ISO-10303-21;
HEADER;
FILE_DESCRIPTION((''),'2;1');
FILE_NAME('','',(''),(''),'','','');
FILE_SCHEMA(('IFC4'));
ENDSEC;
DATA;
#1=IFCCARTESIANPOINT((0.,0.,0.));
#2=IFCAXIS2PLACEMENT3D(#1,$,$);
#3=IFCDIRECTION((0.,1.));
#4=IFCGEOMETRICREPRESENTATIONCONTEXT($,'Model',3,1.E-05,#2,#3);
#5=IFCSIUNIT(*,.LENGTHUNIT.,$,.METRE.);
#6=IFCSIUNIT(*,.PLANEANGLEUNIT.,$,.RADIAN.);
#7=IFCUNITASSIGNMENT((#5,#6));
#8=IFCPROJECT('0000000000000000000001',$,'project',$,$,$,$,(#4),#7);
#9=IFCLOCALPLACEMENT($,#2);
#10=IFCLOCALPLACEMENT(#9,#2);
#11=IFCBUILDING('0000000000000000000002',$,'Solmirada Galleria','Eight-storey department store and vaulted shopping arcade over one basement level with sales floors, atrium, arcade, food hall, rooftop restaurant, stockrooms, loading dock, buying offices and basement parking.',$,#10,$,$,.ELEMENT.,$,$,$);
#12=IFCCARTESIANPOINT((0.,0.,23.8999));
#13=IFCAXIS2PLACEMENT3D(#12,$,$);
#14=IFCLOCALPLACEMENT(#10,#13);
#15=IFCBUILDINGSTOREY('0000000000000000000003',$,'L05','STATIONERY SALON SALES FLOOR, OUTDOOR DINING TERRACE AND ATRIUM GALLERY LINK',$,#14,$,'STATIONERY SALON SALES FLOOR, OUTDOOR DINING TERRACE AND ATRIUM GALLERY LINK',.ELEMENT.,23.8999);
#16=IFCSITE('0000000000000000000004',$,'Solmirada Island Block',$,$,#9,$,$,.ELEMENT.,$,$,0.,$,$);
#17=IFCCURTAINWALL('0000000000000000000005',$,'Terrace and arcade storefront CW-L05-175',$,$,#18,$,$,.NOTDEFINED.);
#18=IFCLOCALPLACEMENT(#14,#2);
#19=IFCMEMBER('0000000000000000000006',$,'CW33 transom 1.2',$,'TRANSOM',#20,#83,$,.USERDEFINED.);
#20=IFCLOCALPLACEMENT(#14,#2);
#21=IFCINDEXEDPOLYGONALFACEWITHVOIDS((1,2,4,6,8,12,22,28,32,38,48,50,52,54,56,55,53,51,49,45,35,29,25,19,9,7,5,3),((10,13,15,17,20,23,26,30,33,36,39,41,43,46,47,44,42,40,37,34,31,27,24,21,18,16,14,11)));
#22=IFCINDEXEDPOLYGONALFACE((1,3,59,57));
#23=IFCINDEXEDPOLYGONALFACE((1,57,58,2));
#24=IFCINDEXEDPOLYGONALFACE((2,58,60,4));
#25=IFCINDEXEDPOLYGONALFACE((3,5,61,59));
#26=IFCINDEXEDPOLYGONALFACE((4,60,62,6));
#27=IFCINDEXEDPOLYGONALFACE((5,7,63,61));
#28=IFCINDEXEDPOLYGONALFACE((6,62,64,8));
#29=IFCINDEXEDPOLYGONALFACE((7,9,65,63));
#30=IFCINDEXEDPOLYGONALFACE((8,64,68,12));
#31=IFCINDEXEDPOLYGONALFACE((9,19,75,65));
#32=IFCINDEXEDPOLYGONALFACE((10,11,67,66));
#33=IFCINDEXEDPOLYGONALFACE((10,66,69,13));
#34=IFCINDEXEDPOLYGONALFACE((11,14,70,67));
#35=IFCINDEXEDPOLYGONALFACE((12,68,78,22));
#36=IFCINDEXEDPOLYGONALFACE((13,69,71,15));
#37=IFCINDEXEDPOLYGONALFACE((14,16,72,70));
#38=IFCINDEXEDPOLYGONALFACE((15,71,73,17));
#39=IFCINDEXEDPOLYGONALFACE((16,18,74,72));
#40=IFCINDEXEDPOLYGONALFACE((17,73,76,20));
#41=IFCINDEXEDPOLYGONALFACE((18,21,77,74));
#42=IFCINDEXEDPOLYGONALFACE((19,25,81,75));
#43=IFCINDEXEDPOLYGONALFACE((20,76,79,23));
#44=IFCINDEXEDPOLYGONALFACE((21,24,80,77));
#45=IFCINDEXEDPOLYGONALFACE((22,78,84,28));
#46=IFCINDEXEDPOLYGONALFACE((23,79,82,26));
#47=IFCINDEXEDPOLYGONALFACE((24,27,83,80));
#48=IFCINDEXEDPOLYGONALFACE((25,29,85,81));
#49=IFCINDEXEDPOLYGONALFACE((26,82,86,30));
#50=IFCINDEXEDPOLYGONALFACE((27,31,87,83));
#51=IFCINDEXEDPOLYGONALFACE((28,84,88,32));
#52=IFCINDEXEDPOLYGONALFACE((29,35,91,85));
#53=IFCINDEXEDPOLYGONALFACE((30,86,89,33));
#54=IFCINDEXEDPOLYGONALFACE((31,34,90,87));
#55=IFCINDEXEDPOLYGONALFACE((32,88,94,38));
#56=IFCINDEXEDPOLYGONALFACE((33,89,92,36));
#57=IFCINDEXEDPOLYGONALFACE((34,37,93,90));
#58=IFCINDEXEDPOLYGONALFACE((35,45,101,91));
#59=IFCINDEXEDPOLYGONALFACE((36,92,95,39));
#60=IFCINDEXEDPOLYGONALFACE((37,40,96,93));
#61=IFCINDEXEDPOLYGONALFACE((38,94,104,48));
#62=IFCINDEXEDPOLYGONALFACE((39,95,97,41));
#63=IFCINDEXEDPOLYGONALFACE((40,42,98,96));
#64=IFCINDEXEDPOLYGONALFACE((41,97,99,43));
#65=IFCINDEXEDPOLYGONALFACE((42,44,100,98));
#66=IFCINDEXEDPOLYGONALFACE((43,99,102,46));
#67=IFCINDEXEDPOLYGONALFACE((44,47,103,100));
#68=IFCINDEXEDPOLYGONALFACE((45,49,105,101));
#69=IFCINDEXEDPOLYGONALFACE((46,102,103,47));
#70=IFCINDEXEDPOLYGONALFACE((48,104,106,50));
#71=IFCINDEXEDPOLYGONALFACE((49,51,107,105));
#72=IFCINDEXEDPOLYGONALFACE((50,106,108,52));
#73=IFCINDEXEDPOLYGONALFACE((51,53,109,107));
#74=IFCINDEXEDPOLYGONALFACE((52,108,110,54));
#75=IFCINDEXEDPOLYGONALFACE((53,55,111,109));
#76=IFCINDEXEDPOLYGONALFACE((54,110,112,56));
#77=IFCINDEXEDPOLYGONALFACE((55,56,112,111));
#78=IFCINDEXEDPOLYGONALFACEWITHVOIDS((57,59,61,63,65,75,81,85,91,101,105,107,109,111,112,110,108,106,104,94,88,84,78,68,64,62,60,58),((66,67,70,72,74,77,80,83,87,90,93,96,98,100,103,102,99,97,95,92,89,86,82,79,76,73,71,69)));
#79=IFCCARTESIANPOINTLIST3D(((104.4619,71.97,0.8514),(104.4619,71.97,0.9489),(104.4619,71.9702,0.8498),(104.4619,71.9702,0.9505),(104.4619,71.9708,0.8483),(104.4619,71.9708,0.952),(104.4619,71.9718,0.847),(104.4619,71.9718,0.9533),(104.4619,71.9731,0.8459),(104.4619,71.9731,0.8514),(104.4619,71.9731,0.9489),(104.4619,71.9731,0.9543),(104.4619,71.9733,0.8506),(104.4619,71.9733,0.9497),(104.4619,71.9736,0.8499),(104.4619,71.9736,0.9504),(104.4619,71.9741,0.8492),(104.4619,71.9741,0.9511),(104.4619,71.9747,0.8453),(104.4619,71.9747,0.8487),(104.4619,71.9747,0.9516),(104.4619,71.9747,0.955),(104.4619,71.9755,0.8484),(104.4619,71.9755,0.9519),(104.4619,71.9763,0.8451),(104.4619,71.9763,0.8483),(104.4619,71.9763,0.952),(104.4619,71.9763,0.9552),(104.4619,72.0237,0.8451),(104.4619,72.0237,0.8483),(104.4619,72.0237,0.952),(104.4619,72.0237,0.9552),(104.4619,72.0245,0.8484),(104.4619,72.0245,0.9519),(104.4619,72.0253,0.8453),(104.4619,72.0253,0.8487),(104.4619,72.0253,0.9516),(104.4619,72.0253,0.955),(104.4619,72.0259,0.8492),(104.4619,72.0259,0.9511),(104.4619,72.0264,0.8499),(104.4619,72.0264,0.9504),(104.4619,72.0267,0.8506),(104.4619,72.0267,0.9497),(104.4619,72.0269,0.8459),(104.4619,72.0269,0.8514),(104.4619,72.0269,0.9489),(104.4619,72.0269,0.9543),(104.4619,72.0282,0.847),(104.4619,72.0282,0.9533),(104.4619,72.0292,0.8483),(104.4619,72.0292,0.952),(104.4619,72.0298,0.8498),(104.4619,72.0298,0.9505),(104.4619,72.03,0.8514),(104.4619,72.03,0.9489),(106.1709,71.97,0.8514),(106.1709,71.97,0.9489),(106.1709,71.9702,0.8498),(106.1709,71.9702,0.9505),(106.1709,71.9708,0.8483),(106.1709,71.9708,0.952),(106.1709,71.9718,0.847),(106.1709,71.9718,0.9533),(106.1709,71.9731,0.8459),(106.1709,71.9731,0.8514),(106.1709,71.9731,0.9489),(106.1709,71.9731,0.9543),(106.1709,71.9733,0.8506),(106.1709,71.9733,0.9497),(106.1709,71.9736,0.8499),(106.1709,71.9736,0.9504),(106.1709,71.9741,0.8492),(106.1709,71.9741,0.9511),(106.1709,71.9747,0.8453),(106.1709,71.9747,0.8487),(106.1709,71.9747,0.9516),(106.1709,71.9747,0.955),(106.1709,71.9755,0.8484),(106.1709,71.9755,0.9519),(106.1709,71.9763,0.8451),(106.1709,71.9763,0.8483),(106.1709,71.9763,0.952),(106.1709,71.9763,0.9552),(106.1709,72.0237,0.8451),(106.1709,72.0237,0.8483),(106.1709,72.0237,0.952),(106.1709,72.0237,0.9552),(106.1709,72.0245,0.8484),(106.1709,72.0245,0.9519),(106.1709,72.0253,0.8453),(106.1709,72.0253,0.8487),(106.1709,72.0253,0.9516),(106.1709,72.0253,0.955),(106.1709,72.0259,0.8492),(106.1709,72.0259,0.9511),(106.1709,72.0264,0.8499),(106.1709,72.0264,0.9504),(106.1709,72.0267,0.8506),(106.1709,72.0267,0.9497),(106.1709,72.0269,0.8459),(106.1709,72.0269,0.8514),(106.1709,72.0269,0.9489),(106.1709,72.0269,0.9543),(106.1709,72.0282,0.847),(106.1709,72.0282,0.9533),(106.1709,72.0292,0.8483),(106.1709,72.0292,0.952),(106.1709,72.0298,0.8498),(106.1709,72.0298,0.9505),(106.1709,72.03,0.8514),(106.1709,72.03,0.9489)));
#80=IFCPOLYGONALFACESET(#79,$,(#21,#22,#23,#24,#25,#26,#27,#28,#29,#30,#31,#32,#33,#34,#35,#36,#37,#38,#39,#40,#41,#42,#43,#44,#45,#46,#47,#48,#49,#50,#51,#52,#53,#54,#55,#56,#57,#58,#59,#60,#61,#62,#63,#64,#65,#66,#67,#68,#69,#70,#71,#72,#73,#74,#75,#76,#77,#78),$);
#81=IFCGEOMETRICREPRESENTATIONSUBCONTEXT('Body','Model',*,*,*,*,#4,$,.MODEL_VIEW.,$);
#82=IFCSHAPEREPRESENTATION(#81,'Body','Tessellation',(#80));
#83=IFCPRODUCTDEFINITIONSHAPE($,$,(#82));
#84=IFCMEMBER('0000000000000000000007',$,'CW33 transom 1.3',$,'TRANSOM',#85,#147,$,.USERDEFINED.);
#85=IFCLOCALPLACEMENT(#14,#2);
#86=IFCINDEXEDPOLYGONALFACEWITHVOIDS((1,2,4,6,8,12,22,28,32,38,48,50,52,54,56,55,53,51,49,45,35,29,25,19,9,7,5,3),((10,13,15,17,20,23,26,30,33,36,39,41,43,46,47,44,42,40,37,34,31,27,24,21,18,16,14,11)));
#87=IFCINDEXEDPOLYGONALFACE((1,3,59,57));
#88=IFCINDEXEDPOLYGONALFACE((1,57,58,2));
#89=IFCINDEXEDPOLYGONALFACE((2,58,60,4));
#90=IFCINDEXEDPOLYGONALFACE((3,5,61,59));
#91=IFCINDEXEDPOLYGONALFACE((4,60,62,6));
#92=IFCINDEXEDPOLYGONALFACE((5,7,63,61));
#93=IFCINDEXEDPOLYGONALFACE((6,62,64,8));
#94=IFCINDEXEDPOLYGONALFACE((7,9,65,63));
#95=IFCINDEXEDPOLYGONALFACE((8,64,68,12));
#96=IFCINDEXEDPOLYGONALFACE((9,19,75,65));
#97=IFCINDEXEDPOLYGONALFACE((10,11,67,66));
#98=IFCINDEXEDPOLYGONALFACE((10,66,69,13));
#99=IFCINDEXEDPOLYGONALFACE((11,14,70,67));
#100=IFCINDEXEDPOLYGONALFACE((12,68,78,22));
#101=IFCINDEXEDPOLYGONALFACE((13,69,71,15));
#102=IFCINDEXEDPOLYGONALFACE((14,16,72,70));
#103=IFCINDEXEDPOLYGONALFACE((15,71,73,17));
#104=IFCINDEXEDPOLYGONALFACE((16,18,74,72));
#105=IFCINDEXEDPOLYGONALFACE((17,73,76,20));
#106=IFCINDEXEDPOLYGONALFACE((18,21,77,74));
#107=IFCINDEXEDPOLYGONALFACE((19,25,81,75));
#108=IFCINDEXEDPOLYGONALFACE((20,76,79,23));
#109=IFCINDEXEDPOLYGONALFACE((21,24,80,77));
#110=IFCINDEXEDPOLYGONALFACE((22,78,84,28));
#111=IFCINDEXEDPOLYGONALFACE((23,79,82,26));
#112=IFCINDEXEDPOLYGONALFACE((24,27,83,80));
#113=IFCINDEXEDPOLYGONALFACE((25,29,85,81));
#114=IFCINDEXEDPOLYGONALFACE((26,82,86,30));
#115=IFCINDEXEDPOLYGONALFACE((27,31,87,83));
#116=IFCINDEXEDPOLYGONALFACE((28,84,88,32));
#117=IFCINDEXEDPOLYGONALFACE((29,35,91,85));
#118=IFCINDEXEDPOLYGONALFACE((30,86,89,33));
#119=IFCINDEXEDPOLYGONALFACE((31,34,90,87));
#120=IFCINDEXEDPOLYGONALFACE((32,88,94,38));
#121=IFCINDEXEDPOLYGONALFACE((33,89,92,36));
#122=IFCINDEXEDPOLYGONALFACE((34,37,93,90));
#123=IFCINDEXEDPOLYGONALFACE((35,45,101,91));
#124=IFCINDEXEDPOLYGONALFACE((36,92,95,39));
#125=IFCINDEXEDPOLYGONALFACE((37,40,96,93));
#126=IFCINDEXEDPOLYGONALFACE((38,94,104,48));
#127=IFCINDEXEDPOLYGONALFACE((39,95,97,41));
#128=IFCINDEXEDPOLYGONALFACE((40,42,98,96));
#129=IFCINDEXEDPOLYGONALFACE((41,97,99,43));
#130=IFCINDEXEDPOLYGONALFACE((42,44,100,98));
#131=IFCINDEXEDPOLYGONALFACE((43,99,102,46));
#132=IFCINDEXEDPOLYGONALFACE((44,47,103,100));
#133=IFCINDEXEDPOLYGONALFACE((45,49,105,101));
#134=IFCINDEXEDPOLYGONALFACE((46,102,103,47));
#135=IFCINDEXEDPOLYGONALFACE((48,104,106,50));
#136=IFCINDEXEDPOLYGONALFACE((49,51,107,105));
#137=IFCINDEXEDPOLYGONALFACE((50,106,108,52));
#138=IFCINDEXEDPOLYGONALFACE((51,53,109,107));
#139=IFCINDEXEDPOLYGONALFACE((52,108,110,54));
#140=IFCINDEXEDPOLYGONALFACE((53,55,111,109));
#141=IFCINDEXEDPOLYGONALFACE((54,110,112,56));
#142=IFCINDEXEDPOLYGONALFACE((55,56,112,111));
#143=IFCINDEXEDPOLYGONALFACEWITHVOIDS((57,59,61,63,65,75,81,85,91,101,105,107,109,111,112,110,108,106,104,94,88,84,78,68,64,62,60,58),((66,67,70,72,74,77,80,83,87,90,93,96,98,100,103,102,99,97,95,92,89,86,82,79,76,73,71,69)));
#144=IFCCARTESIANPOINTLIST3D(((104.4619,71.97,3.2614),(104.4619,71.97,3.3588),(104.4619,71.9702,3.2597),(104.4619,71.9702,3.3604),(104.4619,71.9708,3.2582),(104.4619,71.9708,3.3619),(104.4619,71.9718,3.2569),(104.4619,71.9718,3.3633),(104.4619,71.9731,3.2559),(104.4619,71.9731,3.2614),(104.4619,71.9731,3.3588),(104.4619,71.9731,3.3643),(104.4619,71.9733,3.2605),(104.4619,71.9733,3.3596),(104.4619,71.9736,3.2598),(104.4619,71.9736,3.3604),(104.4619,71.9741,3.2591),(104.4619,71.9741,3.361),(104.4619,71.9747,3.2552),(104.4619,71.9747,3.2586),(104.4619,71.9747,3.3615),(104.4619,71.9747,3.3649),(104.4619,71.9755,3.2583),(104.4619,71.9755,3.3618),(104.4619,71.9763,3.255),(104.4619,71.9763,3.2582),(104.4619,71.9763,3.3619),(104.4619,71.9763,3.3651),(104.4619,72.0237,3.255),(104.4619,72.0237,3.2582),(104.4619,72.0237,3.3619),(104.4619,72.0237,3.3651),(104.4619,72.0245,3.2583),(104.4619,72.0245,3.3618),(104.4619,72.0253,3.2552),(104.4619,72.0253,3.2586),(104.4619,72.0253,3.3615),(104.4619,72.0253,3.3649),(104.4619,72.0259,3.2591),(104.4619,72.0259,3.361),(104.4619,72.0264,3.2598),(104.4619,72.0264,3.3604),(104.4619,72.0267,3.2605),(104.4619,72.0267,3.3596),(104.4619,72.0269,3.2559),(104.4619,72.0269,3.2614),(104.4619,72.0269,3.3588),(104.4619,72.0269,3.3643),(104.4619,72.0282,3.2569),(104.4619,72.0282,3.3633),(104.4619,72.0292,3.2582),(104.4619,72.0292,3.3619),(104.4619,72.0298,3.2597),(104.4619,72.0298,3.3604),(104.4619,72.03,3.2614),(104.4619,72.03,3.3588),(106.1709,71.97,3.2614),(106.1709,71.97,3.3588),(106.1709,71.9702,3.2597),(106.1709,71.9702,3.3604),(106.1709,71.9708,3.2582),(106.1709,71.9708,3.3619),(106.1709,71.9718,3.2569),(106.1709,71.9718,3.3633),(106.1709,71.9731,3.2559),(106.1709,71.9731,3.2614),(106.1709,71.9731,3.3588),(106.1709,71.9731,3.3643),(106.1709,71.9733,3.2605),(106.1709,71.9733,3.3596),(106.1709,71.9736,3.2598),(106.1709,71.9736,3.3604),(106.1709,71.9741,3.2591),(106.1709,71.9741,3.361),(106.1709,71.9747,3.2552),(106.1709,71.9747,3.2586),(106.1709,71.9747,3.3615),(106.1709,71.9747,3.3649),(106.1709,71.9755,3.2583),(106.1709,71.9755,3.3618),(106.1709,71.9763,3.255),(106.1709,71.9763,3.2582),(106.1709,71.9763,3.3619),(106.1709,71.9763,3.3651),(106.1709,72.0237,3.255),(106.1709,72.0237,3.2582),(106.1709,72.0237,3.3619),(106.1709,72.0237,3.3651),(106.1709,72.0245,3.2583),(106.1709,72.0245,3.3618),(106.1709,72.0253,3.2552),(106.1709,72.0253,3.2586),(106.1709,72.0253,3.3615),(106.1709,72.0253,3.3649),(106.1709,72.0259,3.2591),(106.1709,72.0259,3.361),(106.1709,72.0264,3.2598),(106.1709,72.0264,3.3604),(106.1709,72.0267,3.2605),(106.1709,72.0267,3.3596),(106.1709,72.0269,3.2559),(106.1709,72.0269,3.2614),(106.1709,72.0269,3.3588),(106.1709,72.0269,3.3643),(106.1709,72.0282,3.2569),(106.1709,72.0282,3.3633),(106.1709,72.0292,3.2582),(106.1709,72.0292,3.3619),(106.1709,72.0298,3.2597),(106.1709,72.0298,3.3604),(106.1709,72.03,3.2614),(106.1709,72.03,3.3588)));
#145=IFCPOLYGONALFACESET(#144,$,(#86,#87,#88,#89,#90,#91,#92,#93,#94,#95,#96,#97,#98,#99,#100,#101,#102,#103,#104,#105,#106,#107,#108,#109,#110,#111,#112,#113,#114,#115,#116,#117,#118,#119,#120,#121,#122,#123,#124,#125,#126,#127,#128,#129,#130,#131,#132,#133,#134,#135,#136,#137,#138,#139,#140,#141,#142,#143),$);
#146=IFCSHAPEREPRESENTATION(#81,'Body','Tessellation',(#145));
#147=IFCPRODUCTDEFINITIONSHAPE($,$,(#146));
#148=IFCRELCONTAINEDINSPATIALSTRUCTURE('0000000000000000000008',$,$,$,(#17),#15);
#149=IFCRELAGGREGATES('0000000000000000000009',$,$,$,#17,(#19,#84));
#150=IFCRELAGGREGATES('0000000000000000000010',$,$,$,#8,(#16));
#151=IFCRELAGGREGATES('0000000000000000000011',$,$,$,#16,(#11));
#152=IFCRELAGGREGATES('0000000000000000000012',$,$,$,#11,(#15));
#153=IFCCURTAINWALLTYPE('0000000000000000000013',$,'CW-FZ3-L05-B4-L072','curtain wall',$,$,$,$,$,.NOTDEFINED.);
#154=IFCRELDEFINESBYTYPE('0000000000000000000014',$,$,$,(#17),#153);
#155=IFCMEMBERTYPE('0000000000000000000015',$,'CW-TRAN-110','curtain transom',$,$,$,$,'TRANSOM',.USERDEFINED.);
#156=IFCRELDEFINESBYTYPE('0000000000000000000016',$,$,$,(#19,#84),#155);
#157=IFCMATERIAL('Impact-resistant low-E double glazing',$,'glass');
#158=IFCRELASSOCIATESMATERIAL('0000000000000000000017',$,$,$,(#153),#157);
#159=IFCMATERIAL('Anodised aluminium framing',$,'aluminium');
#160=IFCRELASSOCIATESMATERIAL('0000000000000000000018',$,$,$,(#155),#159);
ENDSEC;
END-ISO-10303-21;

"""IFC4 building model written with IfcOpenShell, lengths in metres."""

from ifc_helpers import new_model, si_unit, direction, frame, origin, origin_2d, place, context, subcontext, project, spatial, hollow_rectangle, extrude, material, material_profile, profile_set, type_object, element, aggregate, save


model = new_model("IFC4")

# Units and contexts
model_context = context("Model", 3, precision=1e-05, world=origin(), true_north=direction((0.0, 1.0)))
body_context = subcontext(model_context, "Body", "Model", "MODEL_VIEW")
ifc_project = project(units=[si_unit("LENGTHUNIT", "METRE"), si_unit("PLANEANGLEUNIT", "RADIAN")], contexts=[model_context])

# Site, building, storey
site_placement = place(None, origin())
site = spatial("IfcSite", under=ifc_project, at=site_placement, Name="Solmirada Island Block", CompositionType="ELEMENT", RefElevation=0.0)
building_placement = place(site_placement, origin())
building = spatial("IfcBuilding", under=site, at=building_placement, Name="Solmirada Galleria", Description="Eight-storey department store and vaulted shopping arcade over one basement level with sales floors, atrium, arcade, food hall, rooftop restaurant, stockrooms, loading dock, buying offices and basement parking.", CompositionType="ELEMENT")
storey_placement = place(building_placement, frame((0.0, 0.0, 23.8999)))
storey = spatial("IfcBuildingStorey", under=building, at=storey_placement, Name="L05", Description="STATIONERY SALON SALES FLOOR, OUTDOOR DINING TERRACE AND ATRIUM GALLERY LINK", LongName="STATIONERY SALON SALES FLOOR, OUTDOOR DINING TERRACE AND ATRIUM GALLERY LINK", CompositionType="ELEMENT", Elevation=23.8999)

# Curtain wall, members
ifc_material_1 = material(Name="Impact-resistant low-E double glazing", Category="glass")
curtain_wall_type = type_object("IfcCurtainWallType", Name="CW-FZ3-L05-B4-L072", Description="curtain wall", PredefinedType="NOTDEFINED", material=ifc_material_1)
curtain_wall_placement = place(storey_placement, origin())
curtain_wall = element("IfcCurtainWall", 1, at=curtain_wall_placement, inside=storey, type_object=curtain_wall_type, Name="Terrace and arcade storefront CW-L05-175", PredefinedType="NOTDEFINED")
ifc_material_2 = material(Name="Anodised aluminium framing", Category="aluminium")
ifc_material_profile_1 = material_profile(ifc_material_2, hollow_rectangle(XDim=0.0601, YDim=0.1101, WallThickness=0.0032, InnerFilletRadius=0.0032, OuterFilletRadius=0.0063, at=origin_2d()), Name="ALU-TRAN-110X60")
ifc_profile_set_1 = profile_set([ifc_material_profile_1], Name="Anodised aluminium framing")
member_type_1 = type_object("IfcMemberType", Name="CW-TRAN-110", Description="curtain transom", ElementType="TRANSOM", PredefinedType="USERDEFINED", material=ifc_profile_set_1)
member_1_placement = place(storey_placement, frame((104.4619, 72.0, 0.9001), z_axis=(1.0, 0.0, 0.0), x_axis=(0.0, 1.0, 0.0)))
member_1 = element("IfcMember", 2, at=member_1_placement, type_object=member_type_1, Name="CW33 transom 1.2", ObjectType="TRANSOM", PredefinedType="USERDEFINED", context=body_context, shape_type="SweptSolid", body=[
    extrude(hollow_rectangle(XDim=0.0601, YDim=0.1101, WallThickness=0.0032, InnerFilletRadius=0.0032, OuterFilletRadius=0.0063, at=origin_2d()), origin(), (0.0, 0.0, 1.0), 1.709),
])
member_2_placement = place(storey_placement, frame((104.4619, 72.0, 3.3101), z_axis=(1.0, 0.0, 0.0), x_axis=(0.0, 1.0, 0.0)))
member_2 = element("IfcMember", 3, at=member_2_placement, type_object=member_type_1, Name="CW33 transom 1.3", ObjectType="TRANSOM", PredefinedType="USERDEFINED", context=body_context, shape_type="SweptSolid", body=[
    extrude(hollow_rectangle(XDim=0.0601, YDim=0.1101, WallThickness=0.0032, InnerFilletRadius=0.0032, OuterFilletRadius=0.0063, at=origin_2d()), origin(), (0.0, 0.0, 1.0), 1.709),
])
aggregate(curtain_wall, [member_1, member_2])

save(model, "model.ifc")
